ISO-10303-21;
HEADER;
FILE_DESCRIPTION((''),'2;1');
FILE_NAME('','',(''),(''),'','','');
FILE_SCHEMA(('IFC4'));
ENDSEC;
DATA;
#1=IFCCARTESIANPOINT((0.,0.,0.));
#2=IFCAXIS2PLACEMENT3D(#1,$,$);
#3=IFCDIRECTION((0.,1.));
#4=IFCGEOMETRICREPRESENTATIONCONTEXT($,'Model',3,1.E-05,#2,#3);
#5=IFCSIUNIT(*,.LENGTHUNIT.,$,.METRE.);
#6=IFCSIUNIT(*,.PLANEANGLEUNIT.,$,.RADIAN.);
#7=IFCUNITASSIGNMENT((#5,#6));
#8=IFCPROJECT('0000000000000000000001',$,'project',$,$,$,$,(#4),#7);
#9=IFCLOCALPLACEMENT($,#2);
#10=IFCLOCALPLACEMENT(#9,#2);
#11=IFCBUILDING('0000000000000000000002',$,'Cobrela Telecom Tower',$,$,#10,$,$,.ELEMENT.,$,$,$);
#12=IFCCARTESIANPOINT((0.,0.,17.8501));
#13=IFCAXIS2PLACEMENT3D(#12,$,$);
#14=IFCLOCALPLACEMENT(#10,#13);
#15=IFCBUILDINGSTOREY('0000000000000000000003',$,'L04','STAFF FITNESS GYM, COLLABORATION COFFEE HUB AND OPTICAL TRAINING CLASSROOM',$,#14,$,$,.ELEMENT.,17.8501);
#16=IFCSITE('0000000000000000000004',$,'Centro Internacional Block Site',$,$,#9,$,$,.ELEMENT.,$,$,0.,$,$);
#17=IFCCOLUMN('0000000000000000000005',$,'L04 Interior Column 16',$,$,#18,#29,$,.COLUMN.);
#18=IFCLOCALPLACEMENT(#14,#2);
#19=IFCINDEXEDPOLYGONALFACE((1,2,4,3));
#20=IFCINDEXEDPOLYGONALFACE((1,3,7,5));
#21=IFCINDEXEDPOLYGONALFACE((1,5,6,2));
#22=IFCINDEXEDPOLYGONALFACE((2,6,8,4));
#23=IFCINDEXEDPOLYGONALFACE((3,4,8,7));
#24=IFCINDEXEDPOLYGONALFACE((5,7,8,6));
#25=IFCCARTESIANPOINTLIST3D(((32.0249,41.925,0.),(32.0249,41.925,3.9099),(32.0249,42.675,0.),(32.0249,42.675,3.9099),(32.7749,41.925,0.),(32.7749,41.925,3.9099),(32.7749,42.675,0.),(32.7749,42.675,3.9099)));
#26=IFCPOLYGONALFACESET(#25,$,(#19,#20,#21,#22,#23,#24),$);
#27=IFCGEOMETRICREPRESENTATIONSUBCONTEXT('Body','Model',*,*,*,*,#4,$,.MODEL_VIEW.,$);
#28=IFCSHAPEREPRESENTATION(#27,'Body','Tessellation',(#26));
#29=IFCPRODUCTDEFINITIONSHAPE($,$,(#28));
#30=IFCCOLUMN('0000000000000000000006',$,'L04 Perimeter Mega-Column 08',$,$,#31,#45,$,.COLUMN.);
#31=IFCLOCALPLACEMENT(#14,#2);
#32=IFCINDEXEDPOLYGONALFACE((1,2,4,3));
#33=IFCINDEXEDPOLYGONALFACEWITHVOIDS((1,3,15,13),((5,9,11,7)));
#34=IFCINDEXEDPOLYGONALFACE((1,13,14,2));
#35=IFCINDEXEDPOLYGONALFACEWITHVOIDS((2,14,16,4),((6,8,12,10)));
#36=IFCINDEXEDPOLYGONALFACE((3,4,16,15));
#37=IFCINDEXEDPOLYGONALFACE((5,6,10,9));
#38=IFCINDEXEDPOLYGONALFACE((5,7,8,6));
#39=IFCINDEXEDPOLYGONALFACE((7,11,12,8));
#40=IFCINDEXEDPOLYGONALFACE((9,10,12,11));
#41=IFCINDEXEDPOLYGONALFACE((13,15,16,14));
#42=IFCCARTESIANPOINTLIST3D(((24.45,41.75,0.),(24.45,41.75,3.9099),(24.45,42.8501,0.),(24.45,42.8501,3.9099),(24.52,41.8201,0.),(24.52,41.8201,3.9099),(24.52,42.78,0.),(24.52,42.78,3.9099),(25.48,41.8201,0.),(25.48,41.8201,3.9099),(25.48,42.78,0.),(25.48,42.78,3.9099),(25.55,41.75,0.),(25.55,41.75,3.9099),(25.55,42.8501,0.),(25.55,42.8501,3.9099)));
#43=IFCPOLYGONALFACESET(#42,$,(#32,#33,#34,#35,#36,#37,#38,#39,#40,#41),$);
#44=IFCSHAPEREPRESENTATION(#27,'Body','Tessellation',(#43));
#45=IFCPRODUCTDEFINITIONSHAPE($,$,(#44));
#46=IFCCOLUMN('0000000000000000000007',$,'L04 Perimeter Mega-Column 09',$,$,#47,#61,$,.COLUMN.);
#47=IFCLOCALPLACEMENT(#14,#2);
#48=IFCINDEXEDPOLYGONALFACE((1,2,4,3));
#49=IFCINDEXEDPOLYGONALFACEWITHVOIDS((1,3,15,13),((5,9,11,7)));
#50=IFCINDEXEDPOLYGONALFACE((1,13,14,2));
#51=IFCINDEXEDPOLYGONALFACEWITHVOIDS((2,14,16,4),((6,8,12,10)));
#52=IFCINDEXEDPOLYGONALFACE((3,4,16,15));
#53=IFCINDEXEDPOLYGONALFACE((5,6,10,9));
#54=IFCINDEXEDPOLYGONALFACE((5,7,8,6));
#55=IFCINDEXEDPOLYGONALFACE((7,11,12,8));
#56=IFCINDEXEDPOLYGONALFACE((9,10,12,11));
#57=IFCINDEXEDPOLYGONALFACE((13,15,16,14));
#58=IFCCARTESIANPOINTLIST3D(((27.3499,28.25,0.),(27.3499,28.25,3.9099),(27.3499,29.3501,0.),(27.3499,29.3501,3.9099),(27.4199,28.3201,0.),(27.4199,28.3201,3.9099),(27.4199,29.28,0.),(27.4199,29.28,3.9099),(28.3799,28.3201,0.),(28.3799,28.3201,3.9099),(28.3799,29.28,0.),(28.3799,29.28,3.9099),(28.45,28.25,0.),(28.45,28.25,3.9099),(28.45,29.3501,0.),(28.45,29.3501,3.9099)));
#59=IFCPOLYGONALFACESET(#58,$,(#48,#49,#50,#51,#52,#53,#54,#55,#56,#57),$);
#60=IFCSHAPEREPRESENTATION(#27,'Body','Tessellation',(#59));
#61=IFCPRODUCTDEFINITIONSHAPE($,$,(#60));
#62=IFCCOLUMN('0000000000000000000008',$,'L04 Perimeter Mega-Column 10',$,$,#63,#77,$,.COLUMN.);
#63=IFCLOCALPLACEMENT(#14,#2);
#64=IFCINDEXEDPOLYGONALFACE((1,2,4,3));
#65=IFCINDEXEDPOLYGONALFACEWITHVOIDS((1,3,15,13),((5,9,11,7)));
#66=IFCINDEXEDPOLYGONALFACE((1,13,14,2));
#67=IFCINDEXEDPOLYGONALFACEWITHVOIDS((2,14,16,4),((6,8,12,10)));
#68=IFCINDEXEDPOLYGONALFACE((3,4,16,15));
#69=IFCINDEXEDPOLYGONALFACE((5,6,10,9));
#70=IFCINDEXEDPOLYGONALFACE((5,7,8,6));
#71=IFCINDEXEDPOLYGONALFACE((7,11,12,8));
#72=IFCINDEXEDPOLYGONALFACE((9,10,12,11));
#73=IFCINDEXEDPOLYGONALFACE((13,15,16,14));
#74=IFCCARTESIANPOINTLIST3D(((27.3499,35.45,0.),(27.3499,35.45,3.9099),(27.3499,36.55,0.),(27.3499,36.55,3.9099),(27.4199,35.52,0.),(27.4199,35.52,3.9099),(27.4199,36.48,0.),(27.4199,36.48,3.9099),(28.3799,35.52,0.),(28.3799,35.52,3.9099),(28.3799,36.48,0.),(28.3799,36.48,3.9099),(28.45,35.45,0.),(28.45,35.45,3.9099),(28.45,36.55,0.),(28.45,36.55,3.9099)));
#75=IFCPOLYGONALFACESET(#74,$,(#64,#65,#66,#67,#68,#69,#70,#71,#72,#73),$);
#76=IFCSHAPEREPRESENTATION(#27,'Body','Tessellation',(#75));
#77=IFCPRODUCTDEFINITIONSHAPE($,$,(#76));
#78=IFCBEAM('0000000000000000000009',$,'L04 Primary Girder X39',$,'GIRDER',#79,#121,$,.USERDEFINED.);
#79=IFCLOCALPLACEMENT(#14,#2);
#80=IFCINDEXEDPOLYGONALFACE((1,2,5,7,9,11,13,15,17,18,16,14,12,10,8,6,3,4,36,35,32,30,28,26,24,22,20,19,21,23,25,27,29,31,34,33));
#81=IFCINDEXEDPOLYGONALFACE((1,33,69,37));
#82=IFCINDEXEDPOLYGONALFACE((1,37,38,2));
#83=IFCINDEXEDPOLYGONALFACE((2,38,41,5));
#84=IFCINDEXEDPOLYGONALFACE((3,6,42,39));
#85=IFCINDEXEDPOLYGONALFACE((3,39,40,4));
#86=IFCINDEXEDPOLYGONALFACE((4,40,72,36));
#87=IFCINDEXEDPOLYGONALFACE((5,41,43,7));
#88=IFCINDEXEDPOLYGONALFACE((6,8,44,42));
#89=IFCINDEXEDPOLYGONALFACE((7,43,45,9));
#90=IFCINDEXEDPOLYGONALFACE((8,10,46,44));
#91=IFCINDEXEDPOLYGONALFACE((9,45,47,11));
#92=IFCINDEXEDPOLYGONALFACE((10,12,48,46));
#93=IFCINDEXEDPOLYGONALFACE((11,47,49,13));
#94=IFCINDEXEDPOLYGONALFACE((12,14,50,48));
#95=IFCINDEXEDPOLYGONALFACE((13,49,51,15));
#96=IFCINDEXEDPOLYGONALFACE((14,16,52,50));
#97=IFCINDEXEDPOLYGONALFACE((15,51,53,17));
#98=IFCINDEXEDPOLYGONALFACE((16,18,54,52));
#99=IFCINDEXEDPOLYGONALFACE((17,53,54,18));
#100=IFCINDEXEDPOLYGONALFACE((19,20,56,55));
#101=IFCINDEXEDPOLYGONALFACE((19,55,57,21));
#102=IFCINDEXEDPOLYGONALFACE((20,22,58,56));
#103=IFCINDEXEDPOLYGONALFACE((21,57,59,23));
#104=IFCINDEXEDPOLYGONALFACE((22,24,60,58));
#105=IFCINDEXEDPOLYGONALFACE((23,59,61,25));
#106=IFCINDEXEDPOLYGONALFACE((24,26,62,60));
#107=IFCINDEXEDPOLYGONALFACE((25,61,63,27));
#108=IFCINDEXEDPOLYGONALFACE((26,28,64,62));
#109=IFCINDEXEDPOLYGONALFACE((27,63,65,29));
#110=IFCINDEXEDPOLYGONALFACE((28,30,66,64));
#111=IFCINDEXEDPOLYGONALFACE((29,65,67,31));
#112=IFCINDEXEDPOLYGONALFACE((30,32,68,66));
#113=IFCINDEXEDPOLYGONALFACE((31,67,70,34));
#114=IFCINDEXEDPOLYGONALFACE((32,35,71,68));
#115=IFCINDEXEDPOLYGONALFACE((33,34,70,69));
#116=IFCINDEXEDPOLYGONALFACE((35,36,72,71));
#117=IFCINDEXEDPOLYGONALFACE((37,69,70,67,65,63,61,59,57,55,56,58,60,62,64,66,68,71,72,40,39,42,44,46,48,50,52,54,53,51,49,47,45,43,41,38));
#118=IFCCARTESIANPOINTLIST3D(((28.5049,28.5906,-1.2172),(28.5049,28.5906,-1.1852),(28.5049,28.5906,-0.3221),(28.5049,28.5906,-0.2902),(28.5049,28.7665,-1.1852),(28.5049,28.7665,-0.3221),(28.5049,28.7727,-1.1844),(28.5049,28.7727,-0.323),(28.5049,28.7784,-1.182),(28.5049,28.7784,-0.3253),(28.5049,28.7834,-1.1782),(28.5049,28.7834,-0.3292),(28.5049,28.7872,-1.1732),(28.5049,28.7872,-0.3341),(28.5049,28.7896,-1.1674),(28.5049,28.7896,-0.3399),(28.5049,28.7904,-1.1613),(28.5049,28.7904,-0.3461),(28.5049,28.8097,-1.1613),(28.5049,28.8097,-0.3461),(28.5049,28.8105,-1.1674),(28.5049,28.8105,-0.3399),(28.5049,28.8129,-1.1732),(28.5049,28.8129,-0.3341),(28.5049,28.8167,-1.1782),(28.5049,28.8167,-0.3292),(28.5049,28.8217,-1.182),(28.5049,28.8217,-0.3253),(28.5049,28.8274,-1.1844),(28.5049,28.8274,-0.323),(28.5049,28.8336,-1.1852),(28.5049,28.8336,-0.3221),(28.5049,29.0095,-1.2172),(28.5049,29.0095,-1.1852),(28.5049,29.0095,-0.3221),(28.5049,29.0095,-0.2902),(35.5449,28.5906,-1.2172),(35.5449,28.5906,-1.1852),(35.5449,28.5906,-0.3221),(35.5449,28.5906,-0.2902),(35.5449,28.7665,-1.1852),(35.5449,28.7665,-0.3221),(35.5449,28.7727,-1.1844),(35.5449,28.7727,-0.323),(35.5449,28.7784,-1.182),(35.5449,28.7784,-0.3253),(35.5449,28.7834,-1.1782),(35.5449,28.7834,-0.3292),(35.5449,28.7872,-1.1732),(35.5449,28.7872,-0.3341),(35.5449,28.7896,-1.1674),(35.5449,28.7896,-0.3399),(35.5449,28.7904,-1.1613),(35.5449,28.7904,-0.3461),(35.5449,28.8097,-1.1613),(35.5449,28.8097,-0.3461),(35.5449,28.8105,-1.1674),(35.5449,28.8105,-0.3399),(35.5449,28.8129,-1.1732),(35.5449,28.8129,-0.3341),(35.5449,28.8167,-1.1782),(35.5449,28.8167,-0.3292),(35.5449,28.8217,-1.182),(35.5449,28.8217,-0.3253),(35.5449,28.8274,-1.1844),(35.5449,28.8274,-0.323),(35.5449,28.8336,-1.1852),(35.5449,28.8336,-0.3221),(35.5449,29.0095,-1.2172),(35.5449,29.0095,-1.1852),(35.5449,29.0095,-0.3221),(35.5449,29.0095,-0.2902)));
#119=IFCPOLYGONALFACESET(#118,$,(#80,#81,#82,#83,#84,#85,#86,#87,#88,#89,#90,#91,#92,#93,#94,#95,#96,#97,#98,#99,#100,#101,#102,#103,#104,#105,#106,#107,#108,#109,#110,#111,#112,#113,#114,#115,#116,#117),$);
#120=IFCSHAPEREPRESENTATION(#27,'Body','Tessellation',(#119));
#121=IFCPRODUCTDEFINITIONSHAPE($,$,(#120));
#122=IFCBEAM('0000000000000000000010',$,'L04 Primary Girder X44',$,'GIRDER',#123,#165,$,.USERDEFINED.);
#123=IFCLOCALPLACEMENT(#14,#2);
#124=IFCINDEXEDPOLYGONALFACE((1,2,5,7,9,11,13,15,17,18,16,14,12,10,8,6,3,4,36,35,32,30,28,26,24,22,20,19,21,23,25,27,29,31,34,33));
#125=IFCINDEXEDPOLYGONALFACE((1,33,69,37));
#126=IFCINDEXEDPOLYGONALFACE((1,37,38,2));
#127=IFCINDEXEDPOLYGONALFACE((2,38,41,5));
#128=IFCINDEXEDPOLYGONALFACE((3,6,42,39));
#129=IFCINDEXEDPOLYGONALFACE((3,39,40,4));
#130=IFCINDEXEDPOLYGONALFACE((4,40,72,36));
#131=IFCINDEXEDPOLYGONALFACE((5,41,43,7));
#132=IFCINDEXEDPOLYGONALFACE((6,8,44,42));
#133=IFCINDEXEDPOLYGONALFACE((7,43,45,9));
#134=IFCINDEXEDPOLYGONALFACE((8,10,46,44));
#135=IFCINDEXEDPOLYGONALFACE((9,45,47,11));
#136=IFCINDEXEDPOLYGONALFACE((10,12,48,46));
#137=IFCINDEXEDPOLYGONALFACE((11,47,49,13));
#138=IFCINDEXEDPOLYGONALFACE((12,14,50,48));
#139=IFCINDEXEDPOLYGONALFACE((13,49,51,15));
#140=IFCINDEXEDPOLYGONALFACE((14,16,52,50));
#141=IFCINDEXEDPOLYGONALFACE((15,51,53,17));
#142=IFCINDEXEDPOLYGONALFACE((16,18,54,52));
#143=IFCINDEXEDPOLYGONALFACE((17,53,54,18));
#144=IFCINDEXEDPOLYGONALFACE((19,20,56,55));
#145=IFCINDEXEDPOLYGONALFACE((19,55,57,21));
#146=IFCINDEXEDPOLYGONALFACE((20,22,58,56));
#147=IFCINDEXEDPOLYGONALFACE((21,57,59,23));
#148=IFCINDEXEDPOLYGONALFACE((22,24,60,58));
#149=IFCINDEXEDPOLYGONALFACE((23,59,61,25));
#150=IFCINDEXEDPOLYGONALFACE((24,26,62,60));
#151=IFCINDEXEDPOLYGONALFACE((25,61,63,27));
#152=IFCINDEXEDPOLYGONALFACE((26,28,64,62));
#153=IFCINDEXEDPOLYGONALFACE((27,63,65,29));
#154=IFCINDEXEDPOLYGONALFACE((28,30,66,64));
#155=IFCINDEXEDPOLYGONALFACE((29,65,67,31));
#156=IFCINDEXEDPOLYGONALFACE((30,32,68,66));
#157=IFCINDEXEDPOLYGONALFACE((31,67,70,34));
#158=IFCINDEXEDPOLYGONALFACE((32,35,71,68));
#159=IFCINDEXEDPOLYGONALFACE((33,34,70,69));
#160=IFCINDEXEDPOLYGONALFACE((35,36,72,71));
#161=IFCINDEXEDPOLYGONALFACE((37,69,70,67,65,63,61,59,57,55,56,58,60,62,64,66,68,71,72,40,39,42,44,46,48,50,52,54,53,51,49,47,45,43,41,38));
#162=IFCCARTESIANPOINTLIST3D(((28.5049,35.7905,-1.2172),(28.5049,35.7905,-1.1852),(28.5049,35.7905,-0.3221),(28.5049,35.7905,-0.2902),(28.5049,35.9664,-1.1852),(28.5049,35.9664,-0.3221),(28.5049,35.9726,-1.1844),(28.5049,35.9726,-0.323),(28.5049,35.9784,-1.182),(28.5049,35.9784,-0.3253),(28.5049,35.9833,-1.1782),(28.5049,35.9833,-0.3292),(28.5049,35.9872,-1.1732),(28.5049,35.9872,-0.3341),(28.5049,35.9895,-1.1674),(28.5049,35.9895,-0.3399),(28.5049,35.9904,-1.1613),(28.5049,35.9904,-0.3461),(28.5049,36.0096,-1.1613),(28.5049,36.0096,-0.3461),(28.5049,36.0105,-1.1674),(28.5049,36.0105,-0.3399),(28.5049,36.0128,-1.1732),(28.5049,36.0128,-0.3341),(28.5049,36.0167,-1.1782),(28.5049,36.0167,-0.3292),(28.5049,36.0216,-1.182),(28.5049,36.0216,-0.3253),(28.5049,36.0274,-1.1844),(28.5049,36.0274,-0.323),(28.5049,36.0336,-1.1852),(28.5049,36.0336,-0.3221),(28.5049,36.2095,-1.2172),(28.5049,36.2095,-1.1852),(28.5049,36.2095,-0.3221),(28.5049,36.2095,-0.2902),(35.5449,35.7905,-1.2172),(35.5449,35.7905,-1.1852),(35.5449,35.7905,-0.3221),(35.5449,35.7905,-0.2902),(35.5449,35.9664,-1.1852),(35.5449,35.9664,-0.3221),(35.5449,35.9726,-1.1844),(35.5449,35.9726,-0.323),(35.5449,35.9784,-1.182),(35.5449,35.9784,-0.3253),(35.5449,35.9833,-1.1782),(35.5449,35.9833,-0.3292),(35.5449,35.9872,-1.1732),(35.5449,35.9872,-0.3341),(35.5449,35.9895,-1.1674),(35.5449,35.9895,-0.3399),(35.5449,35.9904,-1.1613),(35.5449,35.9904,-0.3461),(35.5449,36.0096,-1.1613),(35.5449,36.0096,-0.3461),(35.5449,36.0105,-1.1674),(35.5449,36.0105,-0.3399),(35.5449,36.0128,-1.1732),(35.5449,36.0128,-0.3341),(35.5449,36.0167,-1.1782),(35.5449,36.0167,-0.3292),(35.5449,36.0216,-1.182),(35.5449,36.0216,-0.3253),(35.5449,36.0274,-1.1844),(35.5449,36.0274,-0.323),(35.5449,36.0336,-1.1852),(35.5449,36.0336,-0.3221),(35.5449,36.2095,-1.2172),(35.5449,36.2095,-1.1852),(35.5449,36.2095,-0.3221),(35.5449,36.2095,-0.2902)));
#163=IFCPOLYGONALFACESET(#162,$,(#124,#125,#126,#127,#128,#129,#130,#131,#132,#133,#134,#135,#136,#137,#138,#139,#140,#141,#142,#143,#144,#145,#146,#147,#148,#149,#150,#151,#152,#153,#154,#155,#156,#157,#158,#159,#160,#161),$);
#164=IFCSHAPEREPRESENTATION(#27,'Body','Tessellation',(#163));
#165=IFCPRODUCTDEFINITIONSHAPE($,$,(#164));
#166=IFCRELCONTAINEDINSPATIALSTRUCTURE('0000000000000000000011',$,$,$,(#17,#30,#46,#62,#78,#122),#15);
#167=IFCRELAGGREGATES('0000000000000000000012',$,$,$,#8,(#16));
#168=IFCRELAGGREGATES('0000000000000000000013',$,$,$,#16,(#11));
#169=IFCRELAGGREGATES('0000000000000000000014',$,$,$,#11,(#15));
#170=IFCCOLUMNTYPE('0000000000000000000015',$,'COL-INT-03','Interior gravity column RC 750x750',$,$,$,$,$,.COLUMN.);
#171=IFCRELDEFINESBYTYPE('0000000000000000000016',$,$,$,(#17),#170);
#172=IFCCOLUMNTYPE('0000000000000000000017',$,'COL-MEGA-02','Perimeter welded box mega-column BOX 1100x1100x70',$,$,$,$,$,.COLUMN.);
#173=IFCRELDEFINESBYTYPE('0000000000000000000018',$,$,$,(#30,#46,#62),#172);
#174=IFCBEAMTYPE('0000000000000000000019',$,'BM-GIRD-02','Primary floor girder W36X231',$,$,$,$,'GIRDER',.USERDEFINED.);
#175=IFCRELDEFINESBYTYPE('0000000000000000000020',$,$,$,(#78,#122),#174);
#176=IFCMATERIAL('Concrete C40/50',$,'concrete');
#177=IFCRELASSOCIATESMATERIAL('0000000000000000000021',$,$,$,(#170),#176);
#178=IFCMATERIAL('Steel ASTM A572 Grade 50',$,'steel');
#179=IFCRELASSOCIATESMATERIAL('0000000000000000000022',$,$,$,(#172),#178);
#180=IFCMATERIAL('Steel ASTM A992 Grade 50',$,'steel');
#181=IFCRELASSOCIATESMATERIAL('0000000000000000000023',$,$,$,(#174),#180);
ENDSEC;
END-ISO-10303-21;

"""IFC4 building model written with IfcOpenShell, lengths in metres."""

from ifc_helpers import new_model, si_unit, direction, frame, origin, origin_2d, place, context, subcontext, project, spatial, rectangle, hollow_rectangle, i_section, extrude, material, material_profile, profile_set, type_object, element, save


model = new_model("IFC4")

# Units and contexts
model_context = context("Model", 3, precision=1e-05, world=origin(), true_north=direction((0.0, 1.0)))
body_context = subcontext(model_context, "Body", "Model", "MODEL_VIEW")
ifc_project = project(units=[si_unit("LENGTHUNIT", "METRE"), si_unit("PLANEANGLEUNIT", "RADIAN")], contexts=[model_context])

# Site, building, storey
site_placement = place(None, origin())
site = spatial("IfcSite", under=ifc_project, at=site_placement, Name="Centro Internacional Block Site", CompositionType="ELEMENT", RefElevation=0.0)
building_placement = place(site_placement, origin())
building = spatial("IfcBuilding", under=site, at=building_placement, Name="Cobrela Telecom Tower", CompositionType="ELEMENT")
storey_placement = place(building_placement, frame((0.0, 0.0, 17.8501)))
storey = spatial("IfcBuildingStorey", under=building, at=storey_placement, Name="L04", Description="STAFF FITNESS GYM, COLLABORATION COFFEE HUB AND OPTICAL TRAINING CLASSROOM", CompositionType="ELEMENT", Elevation=17.8501)

# Columns
ifc_material_1 = material(Name="Concrete C40/50", Category="concrete")
ifc_material_profile_1 = material_profile(ifc_material_1, rectangle(XDim=0.75, YDim=0.75, at=origin_2d()), Name="RC 750x750")
ifc_profile_set_1 = profile_set([ifc_material_profile_1], Name="Concrete C40/50")
column_type_1 = type_object("IfcColumnType", Name="COL-INT-03", Description="Interior gravity column RC 750x750", PredefinedType="COLUMN", material=ifc_profile_set_1)
column_placement = place(storey_placement, frame((32.3999, 42.3, 0.0), z_axis=(0.0, 0.0, 1.0), x_axis=(1.0, 0.0, 0.0)))
element("IfcColumn", 1, at=column_placement, inside=storey, type_object=column_type_1, Name="L04 Interior Column 16", PredefinedType="COLUMN", context=body_context, shape_type="SweptSolid", body=[
    extrude(rectangle(XDim=0.75, YDim=0.75, at=origin_2d()), origin(), (0.0, 0.0, 1.0), 3.9099),
])
ifc_material_2 = material(Name="Steel ASTM A572 Grade 50", Category="steel")
ifc_material_profile_2 = material_profile(ifc_material_2, hollow_rectangle(XDim=1.1001, YDim=1.1001, WallThickness=0.0701, at=origin_2d()), Name="BOX 1100x1100x70")
ifc_profile_set_2 = profile_set([ifc_material_profile_2], Name="Steel ASTM A572 Grade 50")
column_type_2 = type_object("IfcColumnType", Name="COL-MEGA-02", Description="Perimeter welded box mega-column BOX 1100x1100x70", PredefinedType="COLUMN", material=ifc_profile_set_2)
for number, where, z_axis, x_axis, name in (
    (2, (25.0, 42.3, 0.0), (0.0, 0.0, 1.0), (1.0, 0.0, 0.0), "L04 Perimeter Mega-Column 08"),
    (3, (27.8999, 28.8, 0.0), (0.0, 0.0, 1.0), (1.0, 0.0, 0.0), "L04 Perimeter Mega-Column 09"),
    (4, (27.8999, 36.0, 0.0), (0.0, 0.0, 1.0), (1.0, 0.0, 0.0), "L04 Perimeter Mega-Column 10"),
):
    element("IfcColumn", number, at=place(storey_placement, frame(where, z_axis=z_axis, x_axis=x_axis)), inside=storey, type_object=column_type_2, Name=name, PredefinedType="COLUMN", context=body_context, shape_type="SweptSolid", body=[
        extrude(hollow_rectangle(XDim=1.1001, YDim=1.1001, WallThickness=0.0701, at=origin_2d()), origin(), (0.0, 0.0, 1.0), 3.9099),
    ])

# Beams
ifc_material_3 = material(Name="Steel ASTM A992 Grade 50", Category="steel")
ifc_material_profile_3 = material_profile(ifc_material_3, i_section(OverallWidth=0.4189, OverallDepth=0.927, WebThickness=0.0193, FlangeThickness=0.032, FilletRadius=0.0239, at=origin_2d()), Name="W36X231")
ifc_profile_set_3 = profile_set([ifc_material_profile_3], Name="Steel ASTM A992 Grade 50")
beam_type_1 = type_object("IfcBeamType", Name="BM-GIRD-02", Description="Primary floor girder W36X231", ElementType="GIRDER", PredefinedType="USERDEFINED", material=ifc_profile_set_3)
for number, where, z_axis, x_axis, name in (
    (5, (28.5049, 28.8, -0.7537), (1.0, 0.0, 0.0), (0.0, 1.0, 0.0), "L04 Primary Girder X39"),
    (6, (28.5049, 36.0, -0.7537), (1.0, 0.0, 0.0), (0.0, 1.0, 0.0), "L04 Primary Girder X44"),
):
    element("IfcBeam", number, at=place(storey_placement, frame(where, z_axis=z_axis, x_axis=x_axis)), inside=storey, type_object=beam_type_1, Name=name, ObjectType="GIRDER", PredefinedType="USERDEFINED", context=body_context, shape_type="SweptSolid", body=[
        extrude(i_section(OverallWidth=0.4189, OverallDepth=0.927, WebThickness=0.0193, FlangeThickness=0.032, FilletRadius=0.0239, at=origin_2d()), origin(), (0.0, 0.0, 1.0), 7.04),
    ])

save(model, "model.ifc")
